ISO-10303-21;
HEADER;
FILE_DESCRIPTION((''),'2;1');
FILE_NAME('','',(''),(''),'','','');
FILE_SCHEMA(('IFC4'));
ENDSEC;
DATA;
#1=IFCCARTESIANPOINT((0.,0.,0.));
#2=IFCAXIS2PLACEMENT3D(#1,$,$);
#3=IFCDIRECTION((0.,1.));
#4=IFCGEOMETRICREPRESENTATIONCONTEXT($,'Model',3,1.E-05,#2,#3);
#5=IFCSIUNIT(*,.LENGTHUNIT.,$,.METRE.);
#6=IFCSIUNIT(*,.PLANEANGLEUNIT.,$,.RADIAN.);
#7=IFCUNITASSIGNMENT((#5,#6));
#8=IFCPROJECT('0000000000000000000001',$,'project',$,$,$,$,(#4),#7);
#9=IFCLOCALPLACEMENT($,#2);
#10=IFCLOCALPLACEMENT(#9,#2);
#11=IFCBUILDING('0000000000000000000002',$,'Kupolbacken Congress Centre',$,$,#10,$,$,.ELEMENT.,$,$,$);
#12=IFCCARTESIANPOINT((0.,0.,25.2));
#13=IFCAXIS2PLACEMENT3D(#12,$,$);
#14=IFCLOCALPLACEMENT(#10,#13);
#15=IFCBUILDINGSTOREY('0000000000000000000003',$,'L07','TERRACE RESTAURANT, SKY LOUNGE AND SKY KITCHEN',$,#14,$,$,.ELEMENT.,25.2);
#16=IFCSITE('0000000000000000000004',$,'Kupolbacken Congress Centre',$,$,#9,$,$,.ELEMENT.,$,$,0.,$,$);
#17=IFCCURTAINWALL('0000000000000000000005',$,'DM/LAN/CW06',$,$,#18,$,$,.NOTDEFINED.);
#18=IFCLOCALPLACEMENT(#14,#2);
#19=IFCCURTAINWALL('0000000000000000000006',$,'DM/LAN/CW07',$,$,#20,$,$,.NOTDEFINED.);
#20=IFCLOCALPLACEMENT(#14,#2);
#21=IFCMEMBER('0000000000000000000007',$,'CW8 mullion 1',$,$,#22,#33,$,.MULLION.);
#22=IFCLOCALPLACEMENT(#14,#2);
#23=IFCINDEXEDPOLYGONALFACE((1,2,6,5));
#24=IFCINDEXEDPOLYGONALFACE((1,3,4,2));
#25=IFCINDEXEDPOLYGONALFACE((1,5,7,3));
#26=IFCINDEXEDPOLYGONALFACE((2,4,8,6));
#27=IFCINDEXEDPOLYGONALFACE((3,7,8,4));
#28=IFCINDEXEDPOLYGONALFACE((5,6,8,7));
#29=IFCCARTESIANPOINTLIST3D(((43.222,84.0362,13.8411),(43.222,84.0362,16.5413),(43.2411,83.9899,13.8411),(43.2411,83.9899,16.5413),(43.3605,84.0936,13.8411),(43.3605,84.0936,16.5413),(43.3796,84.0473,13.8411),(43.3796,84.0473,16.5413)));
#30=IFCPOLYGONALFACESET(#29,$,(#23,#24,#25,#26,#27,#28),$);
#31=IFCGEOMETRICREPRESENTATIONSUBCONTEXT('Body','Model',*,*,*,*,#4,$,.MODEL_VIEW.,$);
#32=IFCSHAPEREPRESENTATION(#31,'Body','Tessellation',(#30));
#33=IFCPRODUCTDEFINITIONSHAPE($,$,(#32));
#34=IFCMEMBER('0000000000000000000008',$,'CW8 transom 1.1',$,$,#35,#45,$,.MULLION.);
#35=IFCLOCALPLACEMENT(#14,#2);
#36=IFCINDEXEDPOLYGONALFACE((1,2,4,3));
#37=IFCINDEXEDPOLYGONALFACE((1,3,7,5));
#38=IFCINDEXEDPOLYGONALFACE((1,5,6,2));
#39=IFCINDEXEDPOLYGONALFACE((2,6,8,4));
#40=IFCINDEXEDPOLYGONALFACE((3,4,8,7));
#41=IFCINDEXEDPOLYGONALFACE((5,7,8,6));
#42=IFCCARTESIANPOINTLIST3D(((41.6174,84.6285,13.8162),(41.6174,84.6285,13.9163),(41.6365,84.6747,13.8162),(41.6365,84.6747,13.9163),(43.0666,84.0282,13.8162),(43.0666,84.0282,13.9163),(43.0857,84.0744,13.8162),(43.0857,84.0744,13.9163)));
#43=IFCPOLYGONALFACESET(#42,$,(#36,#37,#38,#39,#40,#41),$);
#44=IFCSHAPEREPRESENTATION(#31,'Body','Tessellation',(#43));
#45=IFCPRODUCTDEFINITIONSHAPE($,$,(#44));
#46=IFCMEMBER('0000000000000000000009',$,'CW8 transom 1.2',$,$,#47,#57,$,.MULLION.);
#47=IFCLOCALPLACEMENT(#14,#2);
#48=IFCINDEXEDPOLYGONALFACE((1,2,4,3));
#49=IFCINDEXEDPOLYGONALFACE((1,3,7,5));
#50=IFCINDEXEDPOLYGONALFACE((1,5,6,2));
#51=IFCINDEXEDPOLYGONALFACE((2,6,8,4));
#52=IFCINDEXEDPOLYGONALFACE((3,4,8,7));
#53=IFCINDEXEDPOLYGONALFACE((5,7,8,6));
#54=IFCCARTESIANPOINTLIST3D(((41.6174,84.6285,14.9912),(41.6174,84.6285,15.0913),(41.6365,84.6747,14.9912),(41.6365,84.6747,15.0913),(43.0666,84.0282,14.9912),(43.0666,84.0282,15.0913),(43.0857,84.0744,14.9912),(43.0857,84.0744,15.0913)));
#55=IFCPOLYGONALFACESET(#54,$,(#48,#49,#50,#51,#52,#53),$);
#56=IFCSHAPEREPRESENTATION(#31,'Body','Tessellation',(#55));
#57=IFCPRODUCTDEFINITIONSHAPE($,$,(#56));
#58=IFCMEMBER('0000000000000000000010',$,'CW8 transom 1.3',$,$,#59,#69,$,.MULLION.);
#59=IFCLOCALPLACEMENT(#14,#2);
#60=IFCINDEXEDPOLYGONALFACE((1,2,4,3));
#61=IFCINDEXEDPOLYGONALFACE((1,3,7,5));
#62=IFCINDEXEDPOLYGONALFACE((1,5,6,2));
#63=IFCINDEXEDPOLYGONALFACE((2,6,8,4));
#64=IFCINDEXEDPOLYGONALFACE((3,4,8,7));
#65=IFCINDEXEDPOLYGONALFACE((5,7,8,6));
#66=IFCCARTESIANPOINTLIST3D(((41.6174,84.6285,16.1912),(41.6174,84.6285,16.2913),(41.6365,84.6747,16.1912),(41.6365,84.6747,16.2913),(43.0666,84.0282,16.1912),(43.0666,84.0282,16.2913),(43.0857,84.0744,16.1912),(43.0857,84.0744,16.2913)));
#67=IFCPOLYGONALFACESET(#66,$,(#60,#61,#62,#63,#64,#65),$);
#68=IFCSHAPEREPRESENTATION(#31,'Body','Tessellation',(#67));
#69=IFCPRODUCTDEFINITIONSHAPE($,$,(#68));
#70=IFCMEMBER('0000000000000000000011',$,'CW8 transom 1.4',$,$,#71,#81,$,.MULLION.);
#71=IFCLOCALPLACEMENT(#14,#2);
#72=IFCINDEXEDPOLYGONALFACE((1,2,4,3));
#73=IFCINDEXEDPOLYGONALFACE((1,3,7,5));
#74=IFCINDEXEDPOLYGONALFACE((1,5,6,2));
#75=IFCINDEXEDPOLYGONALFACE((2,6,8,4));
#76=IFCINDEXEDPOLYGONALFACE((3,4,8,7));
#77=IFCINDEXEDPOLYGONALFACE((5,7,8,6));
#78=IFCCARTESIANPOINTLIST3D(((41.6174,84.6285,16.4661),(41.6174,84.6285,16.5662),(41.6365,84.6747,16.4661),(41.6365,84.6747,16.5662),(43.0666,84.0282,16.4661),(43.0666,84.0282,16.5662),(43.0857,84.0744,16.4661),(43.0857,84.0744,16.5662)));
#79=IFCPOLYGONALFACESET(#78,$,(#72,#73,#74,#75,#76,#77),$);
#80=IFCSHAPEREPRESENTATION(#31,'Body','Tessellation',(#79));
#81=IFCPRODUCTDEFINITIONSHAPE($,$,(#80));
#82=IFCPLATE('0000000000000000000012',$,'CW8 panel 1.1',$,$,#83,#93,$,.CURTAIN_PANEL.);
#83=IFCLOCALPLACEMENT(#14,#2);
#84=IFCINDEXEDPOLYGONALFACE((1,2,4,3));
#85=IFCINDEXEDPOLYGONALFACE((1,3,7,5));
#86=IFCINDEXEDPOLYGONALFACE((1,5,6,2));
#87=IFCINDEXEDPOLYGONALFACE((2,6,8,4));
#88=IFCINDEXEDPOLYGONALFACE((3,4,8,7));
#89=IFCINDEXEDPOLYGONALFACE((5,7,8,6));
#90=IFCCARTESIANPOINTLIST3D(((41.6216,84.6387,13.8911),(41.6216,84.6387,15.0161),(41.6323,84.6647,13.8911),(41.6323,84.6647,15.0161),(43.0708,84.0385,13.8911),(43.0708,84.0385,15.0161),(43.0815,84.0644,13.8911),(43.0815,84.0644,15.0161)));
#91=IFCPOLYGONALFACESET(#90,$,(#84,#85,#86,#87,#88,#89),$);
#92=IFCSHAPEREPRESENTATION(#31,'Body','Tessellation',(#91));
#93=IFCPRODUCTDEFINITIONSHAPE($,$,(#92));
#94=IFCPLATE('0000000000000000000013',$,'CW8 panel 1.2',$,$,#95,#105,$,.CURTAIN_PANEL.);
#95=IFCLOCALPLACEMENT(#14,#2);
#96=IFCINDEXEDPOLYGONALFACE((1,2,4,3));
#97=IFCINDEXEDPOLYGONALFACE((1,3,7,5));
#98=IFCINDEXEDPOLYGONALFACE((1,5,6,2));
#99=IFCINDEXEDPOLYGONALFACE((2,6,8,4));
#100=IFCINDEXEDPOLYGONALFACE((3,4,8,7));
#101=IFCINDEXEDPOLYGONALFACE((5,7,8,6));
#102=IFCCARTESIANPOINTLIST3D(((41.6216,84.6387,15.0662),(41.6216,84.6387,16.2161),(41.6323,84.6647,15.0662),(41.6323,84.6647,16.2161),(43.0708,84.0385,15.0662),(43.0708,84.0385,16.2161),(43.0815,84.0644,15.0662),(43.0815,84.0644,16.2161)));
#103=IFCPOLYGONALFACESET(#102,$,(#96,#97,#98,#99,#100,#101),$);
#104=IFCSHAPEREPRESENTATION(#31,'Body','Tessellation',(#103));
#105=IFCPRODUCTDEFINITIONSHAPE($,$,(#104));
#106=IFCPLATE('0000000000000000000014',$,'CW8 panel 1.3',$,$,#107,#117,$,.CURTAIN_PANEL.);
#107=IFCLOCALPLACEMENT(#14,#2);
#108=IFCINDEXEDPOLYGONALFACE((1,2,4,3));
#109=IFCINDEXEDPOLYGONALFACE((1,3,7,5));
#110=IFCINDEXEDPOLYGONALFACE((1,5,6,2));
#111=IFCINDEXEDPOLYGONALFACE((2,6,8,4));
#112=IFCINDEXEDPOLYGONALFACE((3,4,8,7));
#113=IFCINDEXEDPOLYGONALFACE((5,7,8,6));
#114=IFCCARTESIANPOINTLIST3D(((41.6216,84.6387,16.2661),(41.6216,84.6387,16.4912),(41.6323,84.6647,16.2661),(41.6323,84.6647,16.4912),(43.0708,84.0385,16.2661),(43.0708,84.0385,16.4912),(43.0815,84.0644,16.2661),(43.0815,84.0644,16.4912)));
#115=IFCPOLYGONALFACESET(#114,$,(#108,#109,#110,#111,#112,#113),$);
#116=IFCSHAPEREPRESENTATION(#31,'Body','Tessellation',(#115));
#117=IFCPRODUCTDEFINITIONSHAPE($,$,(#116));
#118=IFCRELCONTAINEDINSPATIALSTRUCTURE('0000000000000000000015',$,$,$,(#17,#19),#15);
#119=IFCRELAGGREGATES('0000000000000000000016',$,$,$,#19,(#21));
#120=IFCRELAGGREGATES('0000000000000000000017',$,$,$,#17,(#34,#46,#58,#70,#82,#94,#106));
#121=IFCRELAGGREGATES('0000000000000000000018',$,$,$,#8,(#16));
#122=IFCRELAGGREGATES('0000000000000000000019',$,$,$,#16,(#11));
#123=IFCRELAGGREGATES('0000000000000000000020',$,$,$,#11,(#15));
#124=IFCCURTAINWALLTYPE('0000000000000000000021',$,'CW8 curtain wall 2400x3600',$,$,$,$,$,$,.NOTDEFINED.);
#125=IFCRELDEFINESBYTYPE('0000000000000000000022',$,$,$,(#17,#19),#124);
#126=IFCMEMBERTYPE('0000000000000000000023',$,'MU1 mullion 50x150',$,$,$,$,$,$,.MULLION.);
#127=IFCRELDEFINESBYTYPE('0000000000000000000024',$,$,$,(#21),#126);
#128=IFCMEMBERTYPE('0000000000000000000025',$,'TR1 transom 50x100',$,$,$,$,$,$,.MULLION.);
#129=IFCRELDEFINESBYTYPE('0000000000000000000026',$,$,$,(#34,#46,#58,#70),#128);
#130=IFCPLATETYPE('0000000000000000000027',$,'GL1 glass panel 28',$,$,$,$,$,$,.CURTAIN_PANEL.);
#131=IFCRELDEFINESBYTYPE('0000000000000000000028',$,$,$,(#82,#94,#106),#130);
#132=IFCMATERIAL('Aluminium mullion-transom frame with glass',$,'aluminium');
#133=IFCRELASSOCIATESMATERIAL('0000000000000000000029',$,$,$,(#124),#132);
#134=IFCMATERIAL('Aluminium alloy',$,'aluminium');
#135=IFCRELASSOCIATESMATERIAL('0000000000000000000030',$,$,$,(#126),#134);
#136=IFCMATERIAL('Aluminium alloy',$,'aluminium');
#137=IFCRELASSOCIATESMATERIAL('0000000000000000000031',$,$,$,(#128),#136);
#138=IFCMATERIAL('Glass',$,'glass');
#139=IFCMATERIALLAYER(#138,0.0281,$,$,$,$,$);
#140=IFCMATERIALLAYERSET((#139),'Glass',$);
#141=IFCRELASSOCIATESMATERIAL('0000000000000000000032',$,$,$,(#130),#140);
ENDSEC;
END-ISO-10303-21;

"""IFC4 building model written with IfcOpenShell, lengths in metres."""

from ifc_helpers import new_model, si_unit, direction, frame, origin, origin_2d, place, context, subcontext, project, spatial, rectangle, extrude, material, layer, layer_set, material_profile, profile_set, type_object, element, aggregate, save


model = new_model("IFC4")

# Units and contexts
model_context = context("Model", 3, precision=1e-05, world=origin(), true_north=direction((0.0, 1.0)))
body_context = subcontext(model_context, "Body", "Model", "MODEL_VIEW")
ifc_project = project(units=[si_unit("LENGTHUNIT", "METRE"), si_unit("PLANEANGLEUNIT", "RADIAN")], contexts=[model_context])

# Site, building, storey
site_placement = place(None, origin())
site = spatial("IfcSite", under=ifc_project, at=site_placement, Name="Kupolbacken Congress Centre", CompositionType="ELEMENT", RefElevation=0.0)
building_placement = place(site_placement, origin())
building = spatial("IfcBuilding", under=site, at=building_placement, Name="Kupolbacken Congress Centre", CompositionType="ELEMENT")
storey_placement = place(building_placement, frame((0.0, 0.0, 25.2)))
storey = spatial("IfcBuildingStorey", under=building, at=storey_placement, Name="L07", Description="TERRACE RESTAURANT, SKY LOUNGE AND SKY KITCHEN", CompositionType="ELEMENT", Elevation=25.2)

# Shared definitions
ifc_material_1 = material(Name="Aluminium mullion-transom frame with glass", Category="aluminium")
curtain_wall_type = type_object("IfcCurtainWallType", Name="CW8 curtain wall 2400x3600", PredefinedType="NOTDEFINED", material=ifc_material_1)
ifc_material_2 = material(Name="Aluminium alloy", Category="aluminium")
ifc_material_profile_1 = material_profile(ifc_material_2, rectangle(XDim=0.05, YDim=0.1499, at=origin_2d()), Name="50 x 150")
ifc_profile_set_1 = profile_set([ifc_material_profile_1], Name="Aluminium alloy")
member_type_1 = type_object("IfcMemberType", Name="MU1 mullion 50x150", PredefinedType="MULLION", material=ifc_profile_set_1)

# Curtain wall
curtain_wall_1_placement = place(storey_placement, origin())
curtain_wall_1 = element("IfcCurtainWall", 1, at=curtain_wall_1_placement, inside=storey, type_object=curtain_wall_type, Name="DM/LAN/CW06", PredefinedType="NOTDEFINED")

# Curtain wall, member
curtain_wall_2_placement = place(storey_placement, origin())
curtain_wall_2 = element("IfcCurtainWall", 2, at=curtain_wall_2_placement, inside=storey, type_object=curtain_wall_type, Name="DM/LAN/CW07", PredefinedType="NOTDEFINED")
member_1_placement = place(storey_placement, frame((43.3008, 84.0417, 13.8411), z_axis=(0.0, 0.0, 1.0), x_axis=(-0.382683, 0.92388, 0.0)))
member_1 = element("IfcMember", 3, at=member_1_placement, type_object=member_type_1, Name="CW8 mullion 1", PredefinedType="MULLION", context=body_context, shape_type="SweptSolid", body=[
    extrude(rectangle(XDim=0.05, YDim=0.1499, at=origin_2d()), origin(), (0.0, 0.0, 1.0), 2.7002),
])
aggregate(curtain_wall_2, [member_1])

# Members
ifc_material_3 = material(Name="Aluminium alloy", Category="aluminium")
ifc_material_profile_2 = material_profile(ifc_material_3, rectangle(XDim=0.05, YDim=0.1001, at=origin_2d()), Name="50 x 100")
ifc_profile_set_2 = profile_set([ifc_material_profile_2], Name="Aluminium alloy")
member_type_2 = type_object("IfcMemberType", Name="TR1 transom 50x100", PredefinedType="MULLION", material=ifc_profile_set_2)
member_2_placement = place(storey_placement, frame((41.627, 84.6516, 13.8662), z_axis=(0.923867, -0.382714, 0.0), x_axis=(0.382714, 0.923867, 0.0)))
member_2 = element("IfcMember", 4, at=member_2_placement, type_object=member_type_2, Name="CW8 transom 1.1", PredefinedType="MULLION", context=body_context, shape_type="SweptSolid", body=[
    extrude(rectangle(XDim=0.05, YDim=0.1001, at=origin_2d()), origin(), (0.0, 0.0, 1.0), 1.5686),
])
member_3_placement = place(storey_placement, frame((41.627, 84.6516, 15.0413), z_axis=(0.923867, -0.382714, 0.0), x_axis=(0.382714, 0.923867, 0.0)))
member_3 = element("IfcMember", 5, at=member_3_placement, type_object=member_type_2, Name="CW8 transom 1.2", PredefinedType="MULLION", context=body_context, shape_type="SweptSolid", body=[
    extrude(rectangle(XDim=0.05, YDim=0.1001, at=origin_2d()), origin(), (0.0, 0.0, 1.0), 1.5686),
])
member_4_placement = place(storey_placement, frame((41.627, 84.6516, 16.2412), z_axis=(0.923867, -0.382714, 0.0), x_axis=(0.382714, 0.923867, 0.0)))
member_4 = element("IfcMember", 6, at=member_4_placement, type_object=member_type_2, Name="CW8 transom 1.3", PredefinedType="MULLION", context=body_context, shape_type="SweptSolid", body=[
    extrude(rectangle(XDim=0.05, YDim=0.1001, at=origin_2d()), origin(), (0.0, 0.0, 1.0), 1.5686),
])
member_5_placement = place(storey_placement, frame((41.627, 84.6516, 16.5161), z_axis=(0.923867, -0.382714, 0.0), x_axis=(0.382714, 0.923867, 0.0)))
member_5 = element("IfcMember", 7, at=member_5_placement, type_object=member_type_2, Name="CW8 transom 1.4", PredefinedType="MULLION", context=body_context, shape_type="SweptSolid", body=[
    extrude(rectangle(XDim=0.05, YDim=0.1001, at=origin_2d()), origin(), (0.0, 0.0, 1.0), 1.5686),
])

# Plates
ifc_material_4 = material(Name="Glass", Category="glass")
ifc_layer = layer(ifc_material_4, 0.0281)
ifc_layer_set = layer_set([ifc_layer], Name="Glass")
plate_type = type_object("IfcPlateType", Name="GL1 glass panel 28", PredefinedType="CURTAIN_PANEL", material=ifc_layer_set)
plate_1_placement = place(storey_placement, frame((42.3516, 84.3516, 13.8911), z_axis=(0.0, 0.0, 1.0), x_axis=(0.92388, -0.382683, 0.0)))
plate_1 = element("IfcPlate", 8, at=plate_1_placement, type_object=plate_type, Name="CW8 panel 1.1", PredefinedType="CURTAIN_PANEL", context=body_context, shape_type="SweptSolid", body=[
    extrude(rectangle(XDim=1.5686, YDim=0.0281, at=origin_2d()), origin(), (0.0, 0.0, 1.0), 1.125),
])
plate_2_placement = place(storey_placement, frame((42.3516, 84.3516, 15.0662), z_axis=(0.0, 0.0, 1.0), x_axis=(0.92388, -0.382683, 0.0)))
plate_2 = element("IfcPlate", 9, at=plate_2_placement, type_object=plate_type, Name="CW8 panel 1.2", PredefinedType="CURTAIN_PANEL", context=body_context, shape_type="SweptSolid", body=[
    extrude(rectangle(XDim=1.5686, YDim=0.0281, at=origin_2d()), origin(), (0.0, 0.0, 1.0), 1.1499),
])
plate_3_placement = place(storey_placement, frame((42.3516, 84.3516, 16.2661), z_axis=(0.0, 0.0, 1.0), x_axis=(0.92388, -0.382683, 0.0)))
plate_3 = element("IfcPlate", 10, at=plate_3_placement, type_object=plate_type, Name="CW8 panel 1.3", PredefinedType="CURTAIN_PANEL", context=body_context, shape_type="SweptSolid", body=[
    extrude(rectangle(XDim=1.5686, YDim=0.0281, at=origin_2d()), origin(), (0.0, 0.0, 1.0), 0.2251),
])
aggregate(curtain_wall_1, [member_2, member_3, member_4, member_5, plate_1, plate_2, plate_3])

save(model, "model.ifc")
